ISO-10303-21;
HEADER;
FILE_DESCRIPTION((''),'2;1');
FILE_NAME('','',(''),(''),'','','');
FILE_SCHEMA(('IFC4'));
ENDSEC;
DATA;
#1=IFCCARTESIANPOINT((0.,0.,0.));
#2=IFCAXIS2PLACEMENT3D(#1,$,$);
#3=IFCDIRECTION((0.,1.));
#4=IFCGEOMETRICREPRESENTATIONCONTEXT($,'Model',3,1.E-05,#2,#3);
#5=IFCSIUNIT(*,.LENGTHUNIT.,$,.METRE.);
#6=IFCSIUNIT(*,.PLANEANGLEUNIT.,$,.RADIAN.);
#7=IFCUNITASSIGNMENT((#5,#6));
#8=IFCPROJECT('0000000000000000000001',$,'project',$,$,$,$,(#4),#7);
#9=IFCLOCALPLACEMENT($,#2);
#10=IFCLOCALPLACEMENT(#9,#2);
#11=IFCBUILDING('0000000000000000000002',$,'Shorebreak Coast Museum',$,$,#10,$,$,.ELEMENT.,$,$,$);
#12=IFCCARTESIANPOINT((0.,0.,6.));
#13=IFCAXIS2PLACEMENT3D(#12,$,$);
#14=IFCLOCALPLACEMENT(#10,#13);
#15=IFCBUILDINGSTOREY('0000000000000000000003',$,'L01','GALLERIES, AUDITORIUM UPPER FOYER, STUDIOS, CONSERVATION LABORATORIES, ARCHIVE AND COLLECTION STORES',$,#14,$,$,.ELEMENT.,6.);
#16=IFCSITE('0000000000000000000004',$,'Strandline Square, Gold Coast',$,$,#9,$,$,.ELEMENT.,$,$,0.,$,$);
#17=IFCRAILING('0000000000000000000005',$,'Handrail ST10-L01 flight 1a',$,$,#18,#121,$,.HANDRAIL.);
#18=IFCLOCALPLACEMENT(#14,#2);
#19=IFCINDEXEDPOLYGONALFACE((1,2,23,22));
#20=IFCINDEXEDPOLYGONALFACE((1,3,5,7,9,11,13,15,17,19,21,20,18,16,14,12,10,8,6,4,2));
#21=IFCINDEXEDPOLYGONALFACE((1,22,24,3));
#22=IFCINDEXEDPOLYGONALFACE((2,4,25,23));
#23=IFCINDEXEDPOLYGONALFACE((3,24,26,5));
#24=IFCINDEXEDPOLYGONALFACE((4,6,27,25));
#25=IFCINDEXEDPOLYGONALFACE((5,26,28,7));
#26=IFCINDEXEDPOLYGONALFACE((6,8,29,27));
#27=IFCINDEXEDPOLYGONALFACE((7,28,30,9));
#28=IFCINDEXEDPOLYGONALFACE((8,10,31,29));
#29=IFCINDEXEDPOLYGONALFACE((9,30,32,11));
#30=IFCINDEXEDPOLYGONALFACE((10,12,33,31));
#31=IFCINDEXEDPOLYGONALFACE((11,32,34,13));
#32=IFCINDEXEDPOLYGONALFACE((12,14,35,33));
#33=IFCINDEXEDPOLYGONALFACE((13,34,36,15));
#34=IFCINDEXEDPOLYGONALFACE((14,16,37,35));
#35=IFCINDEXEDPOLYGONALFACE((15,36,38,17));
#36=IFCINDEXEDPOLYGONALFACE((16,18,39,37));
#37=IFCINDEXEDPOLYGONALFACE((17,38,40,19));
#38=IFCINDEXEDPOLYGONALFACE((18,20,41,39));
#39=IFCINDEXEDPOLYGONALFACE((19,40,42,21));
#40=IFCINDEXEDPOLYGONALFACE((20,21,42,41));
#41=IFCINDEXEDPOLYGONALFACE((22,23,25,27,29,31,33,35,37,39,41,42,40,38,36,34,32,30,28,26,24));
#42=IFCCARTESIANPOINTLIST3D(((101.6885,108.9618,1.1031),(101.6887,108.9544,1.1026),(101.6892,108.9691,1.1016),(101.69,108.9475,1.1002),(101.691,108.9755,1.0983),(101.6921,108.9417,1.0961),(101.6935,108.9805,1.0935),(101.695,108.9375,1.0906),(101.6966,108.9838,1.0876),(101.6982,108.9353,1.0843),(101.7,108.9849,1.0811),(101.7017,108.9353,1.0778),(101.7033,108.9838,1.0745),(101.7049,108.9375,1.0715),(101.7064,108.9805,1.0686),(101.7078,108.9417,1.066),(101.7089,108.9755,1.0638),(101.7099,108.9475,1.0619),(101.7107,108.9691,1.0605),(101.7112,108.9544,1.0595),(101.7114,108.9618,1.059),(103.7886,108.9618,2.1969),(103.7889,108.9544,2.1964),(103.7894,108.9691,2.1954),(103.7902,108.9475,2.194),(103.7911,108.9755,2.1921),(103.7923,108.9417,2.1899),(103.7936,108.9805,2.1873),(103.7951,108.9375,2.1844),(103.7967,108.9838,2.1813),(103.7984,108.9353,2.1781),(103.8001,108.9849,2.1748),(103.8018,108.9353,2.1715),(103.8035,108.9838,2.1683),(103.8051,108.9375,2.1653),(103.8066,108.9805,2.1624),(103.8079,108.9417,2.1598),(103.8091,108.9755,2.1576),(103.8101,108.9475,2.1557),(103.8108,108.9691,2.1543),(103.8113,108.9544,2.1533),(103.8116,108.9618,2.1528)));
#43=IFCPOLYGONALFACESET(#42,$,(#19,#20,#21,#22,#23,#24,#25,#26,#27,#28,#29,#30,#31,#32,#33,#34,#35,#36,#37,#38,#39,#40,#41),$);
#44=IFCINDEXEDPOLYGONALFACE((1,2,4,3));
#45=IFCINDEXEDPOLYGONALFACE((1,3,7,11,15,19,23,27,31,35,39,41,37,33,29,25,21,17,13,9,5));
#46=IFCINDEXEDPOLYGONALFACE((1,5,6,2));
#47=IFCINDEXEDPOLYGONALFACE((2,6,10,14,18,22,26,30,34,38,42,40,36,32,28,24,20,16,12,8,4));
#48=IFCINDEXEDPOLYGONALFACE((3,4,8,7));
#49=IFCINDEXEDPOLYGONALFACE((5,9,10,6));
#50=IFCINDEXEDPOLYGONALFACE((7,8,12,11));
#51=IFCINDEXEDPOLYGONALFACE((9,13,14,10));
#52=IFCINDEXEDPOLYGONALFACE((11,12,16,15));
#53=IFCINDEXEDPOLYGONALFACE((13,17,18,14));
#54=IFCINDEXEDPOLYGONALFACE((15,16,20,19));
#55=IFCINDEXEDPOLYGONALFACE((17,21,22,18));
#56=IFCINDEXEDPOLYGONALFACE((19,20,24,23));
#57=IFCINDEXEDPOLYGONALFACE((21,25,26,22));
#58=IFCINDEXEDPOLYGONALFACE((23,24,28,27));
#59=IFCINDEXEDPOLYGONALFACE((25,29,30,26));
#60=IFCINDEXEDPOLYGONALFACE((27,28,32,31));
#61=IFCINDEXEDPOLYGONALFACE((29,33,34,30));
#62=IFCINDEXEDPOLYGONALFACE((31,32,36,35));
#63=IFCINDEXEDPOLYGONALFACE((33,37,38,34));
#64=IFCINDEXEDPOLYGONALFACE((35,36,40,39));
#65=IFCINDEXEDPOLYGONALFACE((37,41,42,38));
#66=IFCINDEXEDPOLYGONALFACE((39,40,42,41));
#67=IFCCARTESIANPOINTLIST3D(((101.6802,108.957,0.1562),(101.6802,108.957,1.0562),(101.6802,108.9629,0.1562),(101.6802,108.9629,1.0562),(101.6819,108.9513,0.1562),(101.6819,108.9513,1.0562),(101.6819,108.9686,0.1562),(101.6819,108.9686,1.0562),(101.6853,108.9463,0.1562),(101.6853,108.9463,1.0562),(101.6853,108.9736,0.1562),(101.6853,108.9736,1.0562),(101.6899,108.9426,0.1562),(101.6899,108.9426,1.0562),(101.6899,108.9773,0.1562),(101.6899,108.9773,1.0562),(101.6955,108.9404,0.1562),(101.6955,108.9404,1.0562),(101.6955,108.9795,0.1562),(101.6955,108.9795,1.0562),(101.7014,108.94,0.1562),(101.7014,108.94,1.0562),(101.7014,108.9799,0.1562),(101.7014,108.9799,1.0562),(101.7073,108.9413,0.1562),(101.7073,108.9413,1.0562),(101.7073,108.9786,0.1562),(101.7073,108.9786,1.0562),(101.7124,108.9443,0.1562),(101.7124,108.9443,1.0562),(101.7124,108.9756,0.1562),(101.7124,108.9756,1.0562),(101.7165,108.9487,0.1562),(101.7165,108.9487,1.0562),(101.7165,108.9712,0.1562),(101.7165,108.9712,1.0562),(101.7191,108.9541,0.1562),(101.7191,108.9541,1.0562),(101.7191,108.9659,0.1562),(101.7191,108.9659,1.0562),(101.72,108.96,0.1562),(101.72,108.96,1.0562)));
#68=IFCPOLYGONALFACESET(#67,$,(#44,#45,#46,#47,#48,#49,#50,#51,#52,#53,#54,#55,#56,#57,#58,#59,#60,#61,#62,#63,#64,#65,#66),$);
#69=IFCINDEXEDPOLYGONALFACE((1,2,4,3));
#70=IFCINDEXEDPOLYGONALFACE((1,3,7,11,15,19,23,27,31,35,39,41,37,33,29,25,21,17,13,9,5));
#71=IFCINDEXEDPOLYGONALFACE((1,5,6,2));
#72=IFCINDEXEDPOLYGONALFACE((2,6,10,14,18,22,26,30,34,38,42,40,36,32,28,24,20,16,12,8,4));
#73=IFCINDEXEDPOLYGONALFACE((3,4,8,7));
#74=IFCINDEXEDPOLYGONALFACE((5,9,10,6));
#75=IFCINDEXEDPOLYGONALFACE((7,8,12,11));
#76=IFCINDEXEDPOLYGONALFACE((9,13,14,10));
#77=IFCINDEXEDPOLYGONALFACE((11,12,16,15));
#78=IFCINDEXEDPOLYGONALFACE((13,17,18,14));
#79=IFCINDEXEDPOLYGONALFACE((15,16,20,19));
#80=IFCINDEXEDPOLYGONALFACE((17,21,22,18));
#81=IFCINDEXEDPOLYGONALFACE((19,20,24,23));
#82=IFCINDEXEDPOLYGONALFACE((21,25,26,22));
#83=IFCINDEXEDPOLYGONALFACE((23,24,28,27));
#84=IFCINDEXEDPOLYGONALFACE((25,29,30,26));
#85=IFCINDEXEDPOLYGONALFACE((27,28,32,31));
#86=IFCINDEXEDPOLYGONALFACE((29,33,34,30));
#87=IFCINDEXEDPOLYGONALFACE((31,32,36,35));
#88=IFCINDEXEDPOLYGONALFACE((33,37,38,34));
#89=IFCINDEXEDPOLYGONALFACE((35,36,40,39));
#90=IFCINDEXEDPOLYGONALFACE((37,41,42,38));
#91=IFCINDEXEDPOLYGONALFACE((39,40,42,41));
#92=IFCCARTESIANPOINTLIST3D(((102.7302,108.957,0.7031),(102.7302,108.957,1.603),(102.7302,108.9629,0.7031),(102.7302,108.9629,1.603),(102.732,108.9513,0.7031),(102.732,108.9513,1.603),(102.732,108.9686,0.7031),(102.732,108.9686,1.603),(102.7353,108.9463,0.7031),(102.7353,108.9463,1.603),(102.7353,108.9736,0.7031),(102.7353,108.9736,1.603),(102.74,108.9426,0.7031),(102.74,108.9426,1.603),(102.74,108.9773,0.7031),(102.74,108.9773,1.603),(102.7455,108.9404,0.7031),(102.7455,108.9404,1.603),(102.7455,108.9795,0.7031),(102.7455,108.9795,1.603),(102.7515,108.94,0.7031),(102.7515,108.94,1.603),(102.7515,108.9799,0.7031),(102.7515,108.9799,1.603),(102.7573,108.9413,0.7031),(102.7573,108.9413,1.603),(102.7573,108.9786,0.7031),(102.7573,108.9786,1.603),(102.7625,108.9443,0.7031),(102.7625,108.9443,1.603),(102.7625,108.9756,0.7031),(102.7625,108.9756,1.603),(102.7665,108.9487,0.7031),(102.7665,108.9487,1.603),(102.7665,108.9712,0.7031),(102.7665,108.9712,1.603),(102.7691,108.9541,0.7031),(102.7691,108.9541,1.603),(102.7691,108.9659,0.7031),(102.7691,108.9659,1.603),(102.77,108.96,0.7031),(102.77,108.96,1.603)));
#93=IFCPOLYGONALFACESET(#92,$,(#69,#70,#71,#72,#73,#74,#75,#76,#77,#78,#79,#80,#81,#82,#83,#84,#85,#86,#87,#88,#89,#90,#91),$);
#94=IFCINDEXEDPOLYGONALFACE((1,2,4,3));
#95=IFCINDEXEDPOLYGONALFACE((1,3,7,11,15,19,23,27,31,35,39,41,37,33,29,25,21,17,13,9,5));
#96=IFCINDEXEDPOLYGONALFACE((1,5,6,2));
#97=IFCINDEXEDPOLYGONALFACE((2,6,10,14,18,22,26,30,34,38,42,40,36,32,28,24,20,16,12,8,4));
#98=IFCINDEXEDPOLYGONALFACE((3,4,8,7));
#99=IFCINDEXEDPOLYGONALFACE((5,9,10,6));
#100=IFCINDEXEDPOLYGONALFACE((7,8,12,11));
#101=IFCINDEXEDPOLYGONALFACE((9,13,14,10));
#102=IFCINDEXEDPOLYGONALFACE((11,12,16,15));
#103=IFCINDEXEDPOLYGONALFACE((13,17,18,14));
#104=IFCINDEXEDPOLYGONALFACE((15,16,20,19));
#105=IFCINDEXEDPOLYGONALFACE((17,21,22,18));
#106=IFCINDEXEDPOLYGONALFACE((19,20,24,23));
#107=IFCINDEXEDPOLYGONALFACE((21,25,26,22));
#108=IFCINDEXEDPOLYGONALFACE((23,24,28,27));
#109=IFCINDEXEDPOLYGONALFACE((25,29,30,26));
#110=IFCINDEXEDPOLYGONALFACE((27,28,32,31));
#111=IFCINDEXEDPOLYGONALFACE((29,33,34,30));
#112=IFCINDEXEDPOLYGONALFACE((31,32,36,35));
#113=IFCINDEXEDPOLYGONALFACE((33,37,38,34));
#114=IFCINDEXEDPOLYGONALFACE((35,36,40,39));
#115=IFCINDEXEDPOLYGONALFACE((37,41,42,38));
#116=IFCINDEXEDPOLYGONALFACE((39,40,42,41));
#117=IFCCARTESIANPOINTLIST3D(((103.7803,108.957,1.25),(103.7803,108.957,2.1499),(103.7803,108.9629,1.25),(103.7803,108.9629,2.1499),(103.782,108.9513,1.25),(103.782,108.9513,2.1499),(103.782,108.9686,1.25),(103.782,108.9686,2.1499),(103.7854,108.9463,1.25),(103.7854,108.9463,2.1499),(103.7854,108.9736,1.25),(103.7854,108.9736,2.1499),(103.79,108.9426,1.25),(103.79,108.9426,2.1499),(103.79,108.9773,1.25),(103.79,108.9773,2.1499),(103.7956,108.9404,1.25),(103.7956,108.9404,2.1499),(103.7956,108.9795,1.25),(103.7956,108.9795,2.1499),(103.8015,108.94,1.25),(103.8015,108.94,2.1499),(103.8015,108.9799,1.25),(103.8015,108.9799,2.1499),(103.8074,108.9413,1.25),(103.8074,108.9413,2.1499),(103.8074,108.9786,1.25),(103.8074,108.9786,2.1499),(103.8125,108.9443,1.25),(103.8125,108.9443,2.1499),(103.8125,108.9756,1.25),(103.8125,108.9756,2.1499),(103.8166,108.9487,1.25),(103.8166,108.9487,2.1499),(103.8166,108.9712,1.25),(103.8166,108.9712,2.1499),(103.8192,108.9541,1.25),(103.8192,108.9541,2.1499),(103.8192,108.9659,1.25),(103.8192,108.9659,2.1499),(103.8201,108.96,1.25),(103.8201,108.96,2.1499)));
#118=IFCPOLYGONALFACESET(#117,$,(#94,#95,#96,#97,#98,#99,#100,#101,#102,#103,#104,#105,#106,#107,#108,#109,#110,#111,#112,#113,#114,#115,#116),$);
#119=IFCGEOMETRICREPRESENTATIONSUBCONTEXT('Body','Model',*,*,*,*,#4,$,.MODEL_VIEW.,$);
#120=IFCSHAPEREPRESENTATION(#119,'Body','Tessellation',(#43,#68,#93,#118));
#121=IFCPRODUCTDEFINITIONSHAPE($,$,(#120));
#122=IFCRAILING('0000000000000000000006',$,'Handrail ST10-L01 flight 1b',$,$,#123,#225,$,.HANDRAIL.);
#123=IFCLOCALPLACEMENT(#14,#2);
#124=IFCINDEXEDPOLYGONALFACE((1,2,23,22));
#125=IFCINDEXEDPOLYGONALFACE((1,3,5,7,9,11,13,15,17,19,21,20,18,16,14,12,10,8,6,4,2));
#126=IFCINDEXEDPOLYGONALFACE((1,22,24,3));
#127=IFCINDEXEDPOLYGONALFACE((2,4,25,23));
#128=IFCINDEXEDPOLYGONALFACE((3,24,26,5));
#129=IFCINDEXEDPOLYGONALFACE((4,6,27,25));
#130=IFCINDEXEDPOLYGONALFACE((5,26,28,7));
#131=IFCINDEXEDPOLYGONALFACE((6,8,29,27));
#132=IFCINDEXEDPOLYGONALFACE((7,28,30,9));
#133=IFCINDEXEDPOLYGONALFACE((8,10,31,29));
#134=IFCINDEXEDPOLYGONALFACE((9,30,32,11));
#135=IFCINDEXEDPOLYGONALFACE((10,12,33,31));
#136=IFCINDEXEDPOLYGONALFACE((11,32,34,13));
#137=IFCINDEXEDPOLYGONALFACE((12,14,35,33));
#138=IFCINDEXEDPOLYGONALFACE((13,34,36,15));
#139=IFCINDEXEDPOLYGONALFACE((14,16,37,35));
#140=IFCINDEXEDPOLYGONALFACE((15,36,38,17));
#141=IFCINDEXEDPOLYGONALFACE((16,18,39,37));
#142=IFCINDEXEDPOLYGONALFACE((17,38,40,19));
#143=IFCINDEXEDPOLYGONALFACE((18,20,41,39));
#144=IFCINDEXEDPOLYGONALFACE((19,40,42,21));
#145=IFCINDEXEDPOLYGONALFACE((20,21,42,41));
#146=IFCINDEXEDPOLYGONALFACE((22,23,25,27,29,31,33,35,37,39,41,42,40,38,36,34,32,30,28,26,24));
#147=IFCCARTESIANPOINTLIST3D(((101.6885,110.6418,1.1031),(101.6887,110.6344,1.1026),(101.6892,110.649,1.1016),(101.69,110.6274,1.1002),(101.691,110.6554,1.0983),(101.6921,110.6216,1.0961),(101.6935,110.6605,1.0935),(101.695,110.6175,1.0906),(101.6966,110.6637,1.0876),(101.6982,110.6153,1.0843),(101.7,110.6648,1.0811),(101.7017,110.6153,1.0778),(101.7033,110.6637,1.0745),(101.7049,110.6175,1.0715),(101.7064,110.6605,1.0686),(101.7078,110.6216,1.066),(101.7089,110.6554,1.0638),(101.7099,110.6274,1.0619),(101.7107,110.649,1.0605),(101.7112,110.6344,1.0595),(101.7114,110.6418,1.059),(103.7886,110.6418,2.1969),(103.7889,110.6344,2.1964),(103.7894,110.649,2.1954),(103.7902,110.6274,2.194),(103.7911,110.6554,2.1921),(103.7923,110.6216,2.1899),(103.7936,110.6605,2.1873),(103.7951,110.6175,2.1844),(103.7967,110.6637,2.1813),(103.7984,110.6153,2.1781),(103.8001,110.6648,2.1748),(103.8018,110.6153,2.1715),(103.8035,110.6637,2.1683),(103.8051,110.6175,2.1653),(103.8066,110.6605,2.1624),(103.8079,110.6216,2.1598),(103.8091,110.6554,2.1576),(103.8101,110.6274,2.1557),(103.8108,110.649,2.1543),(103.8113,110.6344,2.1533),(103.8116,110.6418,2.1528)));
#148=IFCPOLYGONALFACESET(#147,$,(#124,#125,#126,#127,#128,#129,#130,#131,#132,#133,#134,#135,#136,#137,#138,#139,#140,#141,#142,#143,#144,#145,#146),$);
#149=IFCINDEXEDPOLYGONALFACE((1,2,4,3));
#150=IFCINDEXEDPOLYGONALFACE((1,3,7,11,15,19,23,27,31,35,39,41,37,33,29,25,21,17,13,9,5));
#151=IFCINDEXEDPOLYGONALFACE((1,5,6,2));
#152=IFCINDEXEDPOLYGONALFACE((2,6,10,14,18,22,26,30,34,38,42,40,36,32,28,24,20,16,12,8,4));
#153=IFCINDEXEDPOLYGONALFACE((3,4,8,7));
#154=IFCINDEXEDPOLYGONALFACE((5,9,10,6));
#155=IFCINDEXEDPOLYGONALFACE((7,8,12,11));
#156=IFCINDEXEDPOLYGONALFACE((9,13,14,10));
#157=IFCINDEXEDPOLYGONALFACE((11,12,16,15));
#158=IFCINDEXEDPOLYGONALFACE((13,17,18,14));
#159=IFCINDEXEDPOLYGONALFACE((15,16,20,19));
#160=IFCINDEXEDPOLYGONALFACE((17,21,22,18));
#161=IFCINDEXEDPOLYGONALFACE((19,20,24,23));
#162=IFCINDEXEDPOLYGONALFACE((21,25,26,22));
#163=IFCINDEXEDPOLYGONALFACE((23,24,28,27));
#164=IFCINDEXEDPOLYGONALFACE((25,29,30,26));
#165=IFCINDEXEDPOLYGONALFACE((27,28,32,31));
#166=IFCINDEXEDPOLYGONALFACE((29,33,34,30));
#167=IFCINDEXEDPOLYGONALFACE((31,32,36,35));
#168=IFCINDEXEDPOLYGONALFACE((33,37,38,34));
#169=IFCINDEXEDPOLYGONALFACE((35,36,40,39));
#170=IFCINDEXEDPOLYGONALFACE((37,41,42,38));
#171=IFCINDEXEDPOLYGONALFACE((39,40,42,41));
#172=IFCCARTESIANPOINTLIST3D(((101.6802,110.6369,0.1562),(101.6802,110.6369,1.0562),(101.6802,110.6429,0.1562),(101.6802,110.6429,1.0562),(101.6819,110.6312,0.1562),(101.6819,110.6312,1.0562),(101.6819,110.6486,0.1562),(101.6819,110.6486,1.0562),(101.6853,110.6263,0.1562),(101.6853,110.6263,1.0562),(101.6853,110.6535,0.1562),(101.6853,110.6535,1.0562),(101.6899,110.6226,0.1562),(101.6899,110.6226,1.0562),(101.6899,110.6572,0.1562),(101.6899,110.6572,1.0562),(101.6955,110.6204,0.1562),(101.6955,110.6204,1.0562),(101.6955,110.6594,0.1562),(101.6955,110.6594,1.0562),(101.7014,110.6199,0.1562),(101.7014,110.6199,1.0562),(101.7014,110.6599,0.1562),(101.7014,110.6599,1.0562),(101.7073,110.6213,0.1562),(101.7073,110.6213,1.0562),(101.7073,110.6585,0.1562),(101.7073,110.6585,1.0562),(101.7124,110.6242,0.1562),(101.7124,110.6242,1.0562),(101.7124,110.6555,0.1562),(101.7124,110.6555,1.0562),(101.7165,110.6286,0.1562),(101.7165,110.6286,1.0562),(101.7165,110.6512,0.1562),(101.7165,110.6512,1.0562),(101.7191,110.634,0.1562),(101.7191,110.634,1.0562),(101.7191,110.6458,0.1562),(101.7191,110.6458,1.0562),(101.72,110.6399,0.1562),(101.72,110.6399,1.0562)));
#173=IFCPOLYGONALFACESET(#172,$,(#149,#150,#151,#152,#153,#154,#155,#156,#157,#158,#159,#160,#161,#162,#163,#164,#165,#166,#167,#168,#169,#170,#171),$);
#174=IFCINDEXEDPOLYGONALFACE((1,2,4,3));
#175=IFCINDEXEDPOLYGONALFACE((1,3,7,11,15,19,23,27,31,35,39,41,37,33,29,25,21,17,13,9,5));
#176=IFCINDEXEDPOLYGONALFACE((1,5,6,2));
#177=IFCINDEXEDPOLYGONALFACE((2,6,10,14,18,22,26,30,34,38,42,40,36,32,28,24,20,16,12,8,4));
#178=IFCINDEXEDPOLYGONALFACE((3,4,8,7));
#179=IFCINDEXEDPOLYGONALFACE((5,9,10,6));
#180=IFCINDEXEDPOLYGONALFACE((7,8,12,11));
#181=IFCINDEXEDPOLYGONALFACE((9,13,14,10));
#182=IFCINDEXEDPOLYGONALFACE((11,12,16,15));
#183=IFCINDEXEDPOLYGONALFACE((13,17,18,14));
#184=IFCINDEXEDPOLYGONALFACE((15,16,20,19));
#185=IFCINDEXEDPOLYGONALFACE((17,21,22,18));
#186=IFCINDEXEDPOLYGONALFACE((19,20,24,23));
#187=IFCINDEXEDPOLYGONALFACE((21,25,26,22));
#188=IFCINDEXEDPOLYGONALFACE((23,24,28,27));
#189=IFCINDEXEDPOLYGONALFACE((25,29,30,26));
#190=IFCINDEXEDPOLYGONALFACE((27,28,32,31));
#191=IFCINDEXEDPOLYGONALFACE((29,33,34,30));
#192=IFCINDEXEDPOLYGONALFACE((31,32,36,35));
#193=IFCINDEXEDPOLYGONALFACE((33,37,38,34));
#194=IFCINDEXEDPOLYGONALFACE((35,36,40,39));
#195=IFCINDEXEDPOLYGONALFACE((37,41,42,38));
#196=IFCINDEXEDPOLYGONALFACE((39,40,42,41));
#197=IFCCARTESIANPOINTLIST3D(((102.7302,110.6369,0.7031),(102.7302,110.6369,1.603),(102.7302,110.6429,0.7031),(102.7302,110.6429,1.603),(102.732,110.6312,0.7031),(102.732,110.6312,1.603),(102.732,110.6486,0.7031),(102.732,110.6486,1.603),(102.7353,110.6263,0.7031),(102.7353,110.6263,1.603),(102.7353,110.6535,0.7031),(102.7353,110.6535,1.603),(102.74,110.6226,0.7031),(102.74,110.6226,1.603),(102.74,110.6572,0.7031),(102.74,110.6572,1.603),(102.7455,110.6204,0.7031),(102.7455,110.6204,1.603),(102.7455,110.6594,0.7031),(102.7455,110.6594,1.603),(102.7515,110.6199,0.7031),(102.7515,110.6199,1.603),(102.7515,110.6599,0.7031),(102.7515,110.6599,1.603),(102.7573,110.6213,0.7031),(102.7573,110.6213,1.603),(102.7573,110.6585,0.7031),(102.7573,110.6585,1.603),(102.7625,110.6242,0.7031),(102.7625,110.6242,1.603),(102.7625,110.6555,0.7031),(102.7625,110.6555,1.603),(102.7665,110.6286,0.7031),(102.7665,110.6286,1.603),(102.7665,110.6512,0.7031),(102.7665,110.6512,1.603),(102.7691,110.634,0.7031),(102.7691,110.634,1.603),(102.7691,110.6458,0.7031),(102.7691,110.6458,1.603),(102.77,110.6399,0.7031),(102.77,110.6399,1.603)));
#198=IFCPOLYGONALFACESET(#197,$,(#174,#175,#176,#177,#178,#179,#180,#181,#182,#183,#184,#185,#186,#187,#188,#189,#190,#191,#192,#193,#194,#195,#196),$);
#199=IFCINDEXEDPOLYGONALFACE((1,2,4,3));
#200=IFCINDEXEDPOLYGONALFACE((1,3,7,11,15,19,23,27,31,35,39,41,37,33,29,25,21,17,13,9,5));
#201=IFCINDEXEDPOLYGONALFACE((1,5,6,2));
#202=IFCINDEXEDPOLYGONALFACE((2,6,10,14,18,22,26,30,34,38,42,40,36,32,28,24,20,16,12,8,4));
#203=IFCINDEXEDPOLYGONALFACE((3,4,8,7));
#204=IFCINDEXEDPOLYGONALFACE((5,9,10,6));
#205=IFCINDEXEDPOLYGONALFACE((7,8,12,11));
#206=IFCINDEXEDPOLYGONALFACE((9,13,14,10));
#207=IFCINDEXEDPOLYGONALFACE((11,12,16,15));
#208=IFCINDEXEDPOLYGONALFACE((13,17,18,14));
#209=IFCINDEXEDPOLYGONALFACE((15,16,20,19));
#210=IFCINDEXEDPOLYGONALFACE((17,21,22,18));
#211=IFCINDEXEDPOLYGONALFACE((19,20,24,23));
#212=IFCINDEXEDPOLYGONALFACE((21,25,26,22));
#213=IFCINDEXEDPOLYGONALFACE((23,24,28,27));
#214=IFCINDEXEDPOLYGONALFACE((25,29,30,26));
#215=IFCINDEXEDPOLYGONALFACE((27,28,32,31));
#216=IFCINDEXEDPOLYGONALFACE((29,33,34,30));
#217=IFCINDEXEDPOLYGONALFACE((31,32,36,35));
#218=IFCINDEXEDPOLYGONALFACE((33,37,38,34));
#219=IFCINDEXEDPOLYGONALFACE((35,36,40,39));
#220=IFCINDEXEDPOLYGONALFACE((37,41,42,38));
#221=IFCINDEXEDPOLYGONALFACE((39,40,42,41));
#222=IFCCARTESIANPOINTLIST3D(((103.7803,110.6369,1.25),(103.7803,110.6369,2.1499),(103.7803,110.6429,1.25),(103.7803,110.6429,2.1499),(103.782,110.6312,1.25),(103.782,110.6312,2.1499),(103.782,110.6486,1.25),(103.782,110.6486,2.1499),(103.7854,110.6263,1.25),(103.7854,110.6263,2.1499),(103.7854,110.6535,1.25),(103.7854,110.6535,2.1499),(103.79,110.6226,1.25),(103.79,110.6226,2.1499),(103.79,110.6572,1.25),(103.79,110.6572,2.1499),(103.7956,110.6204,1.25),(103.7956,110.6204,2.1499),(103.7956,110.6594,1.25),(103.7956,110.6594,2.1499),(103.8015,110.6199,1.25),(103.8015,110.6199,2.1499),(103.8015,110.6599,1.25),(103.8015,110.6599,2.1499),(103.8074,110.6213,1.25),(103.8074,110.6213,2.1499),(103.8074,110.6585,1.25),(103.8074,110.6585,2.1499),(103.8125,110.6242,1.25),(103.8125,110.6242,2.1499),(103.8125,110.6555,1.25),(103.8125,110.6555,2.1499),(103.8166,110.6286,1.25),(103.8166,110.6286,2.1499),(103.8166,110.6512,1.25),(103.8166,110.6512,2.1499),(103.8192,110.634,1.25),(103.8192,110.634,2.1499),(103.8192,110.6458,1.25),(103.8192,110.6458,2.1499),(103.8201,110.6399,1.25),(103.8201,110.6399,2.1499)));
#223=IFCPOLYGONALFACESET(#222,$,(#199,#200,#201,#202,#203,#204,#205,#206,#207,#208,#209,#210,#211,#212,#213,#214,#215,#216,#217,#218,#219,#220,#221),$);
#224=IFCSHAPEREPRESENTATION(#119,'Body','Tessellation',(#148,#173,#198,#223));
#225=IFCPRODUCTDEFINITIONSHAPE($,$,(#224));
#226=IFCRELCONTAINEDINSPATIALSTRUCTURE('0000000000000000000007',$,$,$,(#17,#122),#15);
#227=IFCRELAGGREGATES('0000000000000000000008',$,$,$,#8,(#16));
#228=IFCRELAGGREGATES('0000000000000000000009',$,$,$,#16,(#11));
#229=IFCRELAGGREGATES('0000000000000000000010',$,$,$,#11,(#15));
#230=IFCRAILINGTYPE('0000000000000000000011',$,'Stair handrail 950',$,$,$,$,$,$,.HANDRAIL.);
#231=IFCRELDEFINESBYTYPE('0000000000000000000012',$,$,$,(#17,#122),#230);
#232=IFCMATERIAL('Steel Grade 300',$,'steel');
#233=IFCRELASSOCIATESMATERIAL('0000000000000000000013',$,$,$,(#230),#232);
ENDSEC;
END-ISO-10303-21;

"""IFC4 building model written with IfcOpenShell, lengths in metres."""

from ifc_helpers import new_model, si_unit, direction, frame, origin, origin_2d, place, context, subcontext, project, spatial, circle, extrude, material, type_object, element, save


model = new_model("IFC4")

# Units and contexts
model_context = context("Model", 3, precision=1e-05, world=origin(), true_north=direction((0.0, 1.0)))
body_context = subcontext(model_context, "Body", "Model", "MODEL_VIEW")
ifc_project = project(units=[si_unit("LENGTHUNIT", "METRE"), si_unit("PLANEANGLEUNIT", "RADIAN")], contexts=[model_context])

# Site, building, storey
site_placement = place(None, origin())
site = spatial("IfcSite", under=ifc_project, at=site_placement, Name="Strandline Square, Gold Coast", CompositionType="ELEMENT", RefElevation=0.0)
building_placement = place(site_placement, origin())
building = spatial("IfcBuilding", under=site, at=building_placement, Name="Shorebreak Coast Museum", CompositionType="ELEMENT")
storey_placement = place(building_placement, frame((0.0, 0.0, 6.0)))
storey = spatial("IfcBuildingStorey", under=building, at=storey_placement, Name="L01", Description="GALLERIES, AUDITORIUM UPPER FOYER, STUDIOS, CONSERVATION LABORATORIES, ARCHIVE AND COLLECTION STORES", CompositionType="ELEMENT", Elevation=6.0)

# Railings
ifc_material_1 = material(Name="Steel Grade 300", Category="steel")
railing_type_1 = type_object("IfcRailingType", Name="Stair handrail 950", PredefinedType="HANDRAIL", material=ifc_material_1)
for number, where, name in (
    (1, (101.7, 108.96, 0.1562), "Handrail ST10-L01 flight 1a"),
    (2, (101.7, 110.6399, 0.1562), "Handrail ST10-L01 flight 1b"),
):
    element("IfcRailing", number, at=place(storey_placement, frame(where)), inside=storey, type_object=railing_type_1, Name=name, PredefinedType="HANDRAIL", context=body_context, shape_type="SweptSolid", body=[
        extrude(circle(Radius=0.0249, at=origin_2d()), frame((0.0, 0.0, 0.9248), z_axis=(0.886923, 0.0, 0.461918), x_axis=(0.0, 1.0, 0.0)), (0.0, 0.0, 1.0), 2.3679),
        extrude(circle(Radius=0.02, at=origin_2d()), origin(), (0.0, 0.0, 1.0), 0.8999),
        extrude(circle(Radius=0.02, at=origin_2d()), frame((1.05, 0.0, 0.5469)), (0.0, 0.0, 1.0), 0.8999),
        extrude(circle(Radius=0.02, at=origin_2d()), frame((2.1001, 0.0, 1.0938)), (0.0, 0.0, 1.0), 0.8999),
    ])

save(model, "model.ifc")
